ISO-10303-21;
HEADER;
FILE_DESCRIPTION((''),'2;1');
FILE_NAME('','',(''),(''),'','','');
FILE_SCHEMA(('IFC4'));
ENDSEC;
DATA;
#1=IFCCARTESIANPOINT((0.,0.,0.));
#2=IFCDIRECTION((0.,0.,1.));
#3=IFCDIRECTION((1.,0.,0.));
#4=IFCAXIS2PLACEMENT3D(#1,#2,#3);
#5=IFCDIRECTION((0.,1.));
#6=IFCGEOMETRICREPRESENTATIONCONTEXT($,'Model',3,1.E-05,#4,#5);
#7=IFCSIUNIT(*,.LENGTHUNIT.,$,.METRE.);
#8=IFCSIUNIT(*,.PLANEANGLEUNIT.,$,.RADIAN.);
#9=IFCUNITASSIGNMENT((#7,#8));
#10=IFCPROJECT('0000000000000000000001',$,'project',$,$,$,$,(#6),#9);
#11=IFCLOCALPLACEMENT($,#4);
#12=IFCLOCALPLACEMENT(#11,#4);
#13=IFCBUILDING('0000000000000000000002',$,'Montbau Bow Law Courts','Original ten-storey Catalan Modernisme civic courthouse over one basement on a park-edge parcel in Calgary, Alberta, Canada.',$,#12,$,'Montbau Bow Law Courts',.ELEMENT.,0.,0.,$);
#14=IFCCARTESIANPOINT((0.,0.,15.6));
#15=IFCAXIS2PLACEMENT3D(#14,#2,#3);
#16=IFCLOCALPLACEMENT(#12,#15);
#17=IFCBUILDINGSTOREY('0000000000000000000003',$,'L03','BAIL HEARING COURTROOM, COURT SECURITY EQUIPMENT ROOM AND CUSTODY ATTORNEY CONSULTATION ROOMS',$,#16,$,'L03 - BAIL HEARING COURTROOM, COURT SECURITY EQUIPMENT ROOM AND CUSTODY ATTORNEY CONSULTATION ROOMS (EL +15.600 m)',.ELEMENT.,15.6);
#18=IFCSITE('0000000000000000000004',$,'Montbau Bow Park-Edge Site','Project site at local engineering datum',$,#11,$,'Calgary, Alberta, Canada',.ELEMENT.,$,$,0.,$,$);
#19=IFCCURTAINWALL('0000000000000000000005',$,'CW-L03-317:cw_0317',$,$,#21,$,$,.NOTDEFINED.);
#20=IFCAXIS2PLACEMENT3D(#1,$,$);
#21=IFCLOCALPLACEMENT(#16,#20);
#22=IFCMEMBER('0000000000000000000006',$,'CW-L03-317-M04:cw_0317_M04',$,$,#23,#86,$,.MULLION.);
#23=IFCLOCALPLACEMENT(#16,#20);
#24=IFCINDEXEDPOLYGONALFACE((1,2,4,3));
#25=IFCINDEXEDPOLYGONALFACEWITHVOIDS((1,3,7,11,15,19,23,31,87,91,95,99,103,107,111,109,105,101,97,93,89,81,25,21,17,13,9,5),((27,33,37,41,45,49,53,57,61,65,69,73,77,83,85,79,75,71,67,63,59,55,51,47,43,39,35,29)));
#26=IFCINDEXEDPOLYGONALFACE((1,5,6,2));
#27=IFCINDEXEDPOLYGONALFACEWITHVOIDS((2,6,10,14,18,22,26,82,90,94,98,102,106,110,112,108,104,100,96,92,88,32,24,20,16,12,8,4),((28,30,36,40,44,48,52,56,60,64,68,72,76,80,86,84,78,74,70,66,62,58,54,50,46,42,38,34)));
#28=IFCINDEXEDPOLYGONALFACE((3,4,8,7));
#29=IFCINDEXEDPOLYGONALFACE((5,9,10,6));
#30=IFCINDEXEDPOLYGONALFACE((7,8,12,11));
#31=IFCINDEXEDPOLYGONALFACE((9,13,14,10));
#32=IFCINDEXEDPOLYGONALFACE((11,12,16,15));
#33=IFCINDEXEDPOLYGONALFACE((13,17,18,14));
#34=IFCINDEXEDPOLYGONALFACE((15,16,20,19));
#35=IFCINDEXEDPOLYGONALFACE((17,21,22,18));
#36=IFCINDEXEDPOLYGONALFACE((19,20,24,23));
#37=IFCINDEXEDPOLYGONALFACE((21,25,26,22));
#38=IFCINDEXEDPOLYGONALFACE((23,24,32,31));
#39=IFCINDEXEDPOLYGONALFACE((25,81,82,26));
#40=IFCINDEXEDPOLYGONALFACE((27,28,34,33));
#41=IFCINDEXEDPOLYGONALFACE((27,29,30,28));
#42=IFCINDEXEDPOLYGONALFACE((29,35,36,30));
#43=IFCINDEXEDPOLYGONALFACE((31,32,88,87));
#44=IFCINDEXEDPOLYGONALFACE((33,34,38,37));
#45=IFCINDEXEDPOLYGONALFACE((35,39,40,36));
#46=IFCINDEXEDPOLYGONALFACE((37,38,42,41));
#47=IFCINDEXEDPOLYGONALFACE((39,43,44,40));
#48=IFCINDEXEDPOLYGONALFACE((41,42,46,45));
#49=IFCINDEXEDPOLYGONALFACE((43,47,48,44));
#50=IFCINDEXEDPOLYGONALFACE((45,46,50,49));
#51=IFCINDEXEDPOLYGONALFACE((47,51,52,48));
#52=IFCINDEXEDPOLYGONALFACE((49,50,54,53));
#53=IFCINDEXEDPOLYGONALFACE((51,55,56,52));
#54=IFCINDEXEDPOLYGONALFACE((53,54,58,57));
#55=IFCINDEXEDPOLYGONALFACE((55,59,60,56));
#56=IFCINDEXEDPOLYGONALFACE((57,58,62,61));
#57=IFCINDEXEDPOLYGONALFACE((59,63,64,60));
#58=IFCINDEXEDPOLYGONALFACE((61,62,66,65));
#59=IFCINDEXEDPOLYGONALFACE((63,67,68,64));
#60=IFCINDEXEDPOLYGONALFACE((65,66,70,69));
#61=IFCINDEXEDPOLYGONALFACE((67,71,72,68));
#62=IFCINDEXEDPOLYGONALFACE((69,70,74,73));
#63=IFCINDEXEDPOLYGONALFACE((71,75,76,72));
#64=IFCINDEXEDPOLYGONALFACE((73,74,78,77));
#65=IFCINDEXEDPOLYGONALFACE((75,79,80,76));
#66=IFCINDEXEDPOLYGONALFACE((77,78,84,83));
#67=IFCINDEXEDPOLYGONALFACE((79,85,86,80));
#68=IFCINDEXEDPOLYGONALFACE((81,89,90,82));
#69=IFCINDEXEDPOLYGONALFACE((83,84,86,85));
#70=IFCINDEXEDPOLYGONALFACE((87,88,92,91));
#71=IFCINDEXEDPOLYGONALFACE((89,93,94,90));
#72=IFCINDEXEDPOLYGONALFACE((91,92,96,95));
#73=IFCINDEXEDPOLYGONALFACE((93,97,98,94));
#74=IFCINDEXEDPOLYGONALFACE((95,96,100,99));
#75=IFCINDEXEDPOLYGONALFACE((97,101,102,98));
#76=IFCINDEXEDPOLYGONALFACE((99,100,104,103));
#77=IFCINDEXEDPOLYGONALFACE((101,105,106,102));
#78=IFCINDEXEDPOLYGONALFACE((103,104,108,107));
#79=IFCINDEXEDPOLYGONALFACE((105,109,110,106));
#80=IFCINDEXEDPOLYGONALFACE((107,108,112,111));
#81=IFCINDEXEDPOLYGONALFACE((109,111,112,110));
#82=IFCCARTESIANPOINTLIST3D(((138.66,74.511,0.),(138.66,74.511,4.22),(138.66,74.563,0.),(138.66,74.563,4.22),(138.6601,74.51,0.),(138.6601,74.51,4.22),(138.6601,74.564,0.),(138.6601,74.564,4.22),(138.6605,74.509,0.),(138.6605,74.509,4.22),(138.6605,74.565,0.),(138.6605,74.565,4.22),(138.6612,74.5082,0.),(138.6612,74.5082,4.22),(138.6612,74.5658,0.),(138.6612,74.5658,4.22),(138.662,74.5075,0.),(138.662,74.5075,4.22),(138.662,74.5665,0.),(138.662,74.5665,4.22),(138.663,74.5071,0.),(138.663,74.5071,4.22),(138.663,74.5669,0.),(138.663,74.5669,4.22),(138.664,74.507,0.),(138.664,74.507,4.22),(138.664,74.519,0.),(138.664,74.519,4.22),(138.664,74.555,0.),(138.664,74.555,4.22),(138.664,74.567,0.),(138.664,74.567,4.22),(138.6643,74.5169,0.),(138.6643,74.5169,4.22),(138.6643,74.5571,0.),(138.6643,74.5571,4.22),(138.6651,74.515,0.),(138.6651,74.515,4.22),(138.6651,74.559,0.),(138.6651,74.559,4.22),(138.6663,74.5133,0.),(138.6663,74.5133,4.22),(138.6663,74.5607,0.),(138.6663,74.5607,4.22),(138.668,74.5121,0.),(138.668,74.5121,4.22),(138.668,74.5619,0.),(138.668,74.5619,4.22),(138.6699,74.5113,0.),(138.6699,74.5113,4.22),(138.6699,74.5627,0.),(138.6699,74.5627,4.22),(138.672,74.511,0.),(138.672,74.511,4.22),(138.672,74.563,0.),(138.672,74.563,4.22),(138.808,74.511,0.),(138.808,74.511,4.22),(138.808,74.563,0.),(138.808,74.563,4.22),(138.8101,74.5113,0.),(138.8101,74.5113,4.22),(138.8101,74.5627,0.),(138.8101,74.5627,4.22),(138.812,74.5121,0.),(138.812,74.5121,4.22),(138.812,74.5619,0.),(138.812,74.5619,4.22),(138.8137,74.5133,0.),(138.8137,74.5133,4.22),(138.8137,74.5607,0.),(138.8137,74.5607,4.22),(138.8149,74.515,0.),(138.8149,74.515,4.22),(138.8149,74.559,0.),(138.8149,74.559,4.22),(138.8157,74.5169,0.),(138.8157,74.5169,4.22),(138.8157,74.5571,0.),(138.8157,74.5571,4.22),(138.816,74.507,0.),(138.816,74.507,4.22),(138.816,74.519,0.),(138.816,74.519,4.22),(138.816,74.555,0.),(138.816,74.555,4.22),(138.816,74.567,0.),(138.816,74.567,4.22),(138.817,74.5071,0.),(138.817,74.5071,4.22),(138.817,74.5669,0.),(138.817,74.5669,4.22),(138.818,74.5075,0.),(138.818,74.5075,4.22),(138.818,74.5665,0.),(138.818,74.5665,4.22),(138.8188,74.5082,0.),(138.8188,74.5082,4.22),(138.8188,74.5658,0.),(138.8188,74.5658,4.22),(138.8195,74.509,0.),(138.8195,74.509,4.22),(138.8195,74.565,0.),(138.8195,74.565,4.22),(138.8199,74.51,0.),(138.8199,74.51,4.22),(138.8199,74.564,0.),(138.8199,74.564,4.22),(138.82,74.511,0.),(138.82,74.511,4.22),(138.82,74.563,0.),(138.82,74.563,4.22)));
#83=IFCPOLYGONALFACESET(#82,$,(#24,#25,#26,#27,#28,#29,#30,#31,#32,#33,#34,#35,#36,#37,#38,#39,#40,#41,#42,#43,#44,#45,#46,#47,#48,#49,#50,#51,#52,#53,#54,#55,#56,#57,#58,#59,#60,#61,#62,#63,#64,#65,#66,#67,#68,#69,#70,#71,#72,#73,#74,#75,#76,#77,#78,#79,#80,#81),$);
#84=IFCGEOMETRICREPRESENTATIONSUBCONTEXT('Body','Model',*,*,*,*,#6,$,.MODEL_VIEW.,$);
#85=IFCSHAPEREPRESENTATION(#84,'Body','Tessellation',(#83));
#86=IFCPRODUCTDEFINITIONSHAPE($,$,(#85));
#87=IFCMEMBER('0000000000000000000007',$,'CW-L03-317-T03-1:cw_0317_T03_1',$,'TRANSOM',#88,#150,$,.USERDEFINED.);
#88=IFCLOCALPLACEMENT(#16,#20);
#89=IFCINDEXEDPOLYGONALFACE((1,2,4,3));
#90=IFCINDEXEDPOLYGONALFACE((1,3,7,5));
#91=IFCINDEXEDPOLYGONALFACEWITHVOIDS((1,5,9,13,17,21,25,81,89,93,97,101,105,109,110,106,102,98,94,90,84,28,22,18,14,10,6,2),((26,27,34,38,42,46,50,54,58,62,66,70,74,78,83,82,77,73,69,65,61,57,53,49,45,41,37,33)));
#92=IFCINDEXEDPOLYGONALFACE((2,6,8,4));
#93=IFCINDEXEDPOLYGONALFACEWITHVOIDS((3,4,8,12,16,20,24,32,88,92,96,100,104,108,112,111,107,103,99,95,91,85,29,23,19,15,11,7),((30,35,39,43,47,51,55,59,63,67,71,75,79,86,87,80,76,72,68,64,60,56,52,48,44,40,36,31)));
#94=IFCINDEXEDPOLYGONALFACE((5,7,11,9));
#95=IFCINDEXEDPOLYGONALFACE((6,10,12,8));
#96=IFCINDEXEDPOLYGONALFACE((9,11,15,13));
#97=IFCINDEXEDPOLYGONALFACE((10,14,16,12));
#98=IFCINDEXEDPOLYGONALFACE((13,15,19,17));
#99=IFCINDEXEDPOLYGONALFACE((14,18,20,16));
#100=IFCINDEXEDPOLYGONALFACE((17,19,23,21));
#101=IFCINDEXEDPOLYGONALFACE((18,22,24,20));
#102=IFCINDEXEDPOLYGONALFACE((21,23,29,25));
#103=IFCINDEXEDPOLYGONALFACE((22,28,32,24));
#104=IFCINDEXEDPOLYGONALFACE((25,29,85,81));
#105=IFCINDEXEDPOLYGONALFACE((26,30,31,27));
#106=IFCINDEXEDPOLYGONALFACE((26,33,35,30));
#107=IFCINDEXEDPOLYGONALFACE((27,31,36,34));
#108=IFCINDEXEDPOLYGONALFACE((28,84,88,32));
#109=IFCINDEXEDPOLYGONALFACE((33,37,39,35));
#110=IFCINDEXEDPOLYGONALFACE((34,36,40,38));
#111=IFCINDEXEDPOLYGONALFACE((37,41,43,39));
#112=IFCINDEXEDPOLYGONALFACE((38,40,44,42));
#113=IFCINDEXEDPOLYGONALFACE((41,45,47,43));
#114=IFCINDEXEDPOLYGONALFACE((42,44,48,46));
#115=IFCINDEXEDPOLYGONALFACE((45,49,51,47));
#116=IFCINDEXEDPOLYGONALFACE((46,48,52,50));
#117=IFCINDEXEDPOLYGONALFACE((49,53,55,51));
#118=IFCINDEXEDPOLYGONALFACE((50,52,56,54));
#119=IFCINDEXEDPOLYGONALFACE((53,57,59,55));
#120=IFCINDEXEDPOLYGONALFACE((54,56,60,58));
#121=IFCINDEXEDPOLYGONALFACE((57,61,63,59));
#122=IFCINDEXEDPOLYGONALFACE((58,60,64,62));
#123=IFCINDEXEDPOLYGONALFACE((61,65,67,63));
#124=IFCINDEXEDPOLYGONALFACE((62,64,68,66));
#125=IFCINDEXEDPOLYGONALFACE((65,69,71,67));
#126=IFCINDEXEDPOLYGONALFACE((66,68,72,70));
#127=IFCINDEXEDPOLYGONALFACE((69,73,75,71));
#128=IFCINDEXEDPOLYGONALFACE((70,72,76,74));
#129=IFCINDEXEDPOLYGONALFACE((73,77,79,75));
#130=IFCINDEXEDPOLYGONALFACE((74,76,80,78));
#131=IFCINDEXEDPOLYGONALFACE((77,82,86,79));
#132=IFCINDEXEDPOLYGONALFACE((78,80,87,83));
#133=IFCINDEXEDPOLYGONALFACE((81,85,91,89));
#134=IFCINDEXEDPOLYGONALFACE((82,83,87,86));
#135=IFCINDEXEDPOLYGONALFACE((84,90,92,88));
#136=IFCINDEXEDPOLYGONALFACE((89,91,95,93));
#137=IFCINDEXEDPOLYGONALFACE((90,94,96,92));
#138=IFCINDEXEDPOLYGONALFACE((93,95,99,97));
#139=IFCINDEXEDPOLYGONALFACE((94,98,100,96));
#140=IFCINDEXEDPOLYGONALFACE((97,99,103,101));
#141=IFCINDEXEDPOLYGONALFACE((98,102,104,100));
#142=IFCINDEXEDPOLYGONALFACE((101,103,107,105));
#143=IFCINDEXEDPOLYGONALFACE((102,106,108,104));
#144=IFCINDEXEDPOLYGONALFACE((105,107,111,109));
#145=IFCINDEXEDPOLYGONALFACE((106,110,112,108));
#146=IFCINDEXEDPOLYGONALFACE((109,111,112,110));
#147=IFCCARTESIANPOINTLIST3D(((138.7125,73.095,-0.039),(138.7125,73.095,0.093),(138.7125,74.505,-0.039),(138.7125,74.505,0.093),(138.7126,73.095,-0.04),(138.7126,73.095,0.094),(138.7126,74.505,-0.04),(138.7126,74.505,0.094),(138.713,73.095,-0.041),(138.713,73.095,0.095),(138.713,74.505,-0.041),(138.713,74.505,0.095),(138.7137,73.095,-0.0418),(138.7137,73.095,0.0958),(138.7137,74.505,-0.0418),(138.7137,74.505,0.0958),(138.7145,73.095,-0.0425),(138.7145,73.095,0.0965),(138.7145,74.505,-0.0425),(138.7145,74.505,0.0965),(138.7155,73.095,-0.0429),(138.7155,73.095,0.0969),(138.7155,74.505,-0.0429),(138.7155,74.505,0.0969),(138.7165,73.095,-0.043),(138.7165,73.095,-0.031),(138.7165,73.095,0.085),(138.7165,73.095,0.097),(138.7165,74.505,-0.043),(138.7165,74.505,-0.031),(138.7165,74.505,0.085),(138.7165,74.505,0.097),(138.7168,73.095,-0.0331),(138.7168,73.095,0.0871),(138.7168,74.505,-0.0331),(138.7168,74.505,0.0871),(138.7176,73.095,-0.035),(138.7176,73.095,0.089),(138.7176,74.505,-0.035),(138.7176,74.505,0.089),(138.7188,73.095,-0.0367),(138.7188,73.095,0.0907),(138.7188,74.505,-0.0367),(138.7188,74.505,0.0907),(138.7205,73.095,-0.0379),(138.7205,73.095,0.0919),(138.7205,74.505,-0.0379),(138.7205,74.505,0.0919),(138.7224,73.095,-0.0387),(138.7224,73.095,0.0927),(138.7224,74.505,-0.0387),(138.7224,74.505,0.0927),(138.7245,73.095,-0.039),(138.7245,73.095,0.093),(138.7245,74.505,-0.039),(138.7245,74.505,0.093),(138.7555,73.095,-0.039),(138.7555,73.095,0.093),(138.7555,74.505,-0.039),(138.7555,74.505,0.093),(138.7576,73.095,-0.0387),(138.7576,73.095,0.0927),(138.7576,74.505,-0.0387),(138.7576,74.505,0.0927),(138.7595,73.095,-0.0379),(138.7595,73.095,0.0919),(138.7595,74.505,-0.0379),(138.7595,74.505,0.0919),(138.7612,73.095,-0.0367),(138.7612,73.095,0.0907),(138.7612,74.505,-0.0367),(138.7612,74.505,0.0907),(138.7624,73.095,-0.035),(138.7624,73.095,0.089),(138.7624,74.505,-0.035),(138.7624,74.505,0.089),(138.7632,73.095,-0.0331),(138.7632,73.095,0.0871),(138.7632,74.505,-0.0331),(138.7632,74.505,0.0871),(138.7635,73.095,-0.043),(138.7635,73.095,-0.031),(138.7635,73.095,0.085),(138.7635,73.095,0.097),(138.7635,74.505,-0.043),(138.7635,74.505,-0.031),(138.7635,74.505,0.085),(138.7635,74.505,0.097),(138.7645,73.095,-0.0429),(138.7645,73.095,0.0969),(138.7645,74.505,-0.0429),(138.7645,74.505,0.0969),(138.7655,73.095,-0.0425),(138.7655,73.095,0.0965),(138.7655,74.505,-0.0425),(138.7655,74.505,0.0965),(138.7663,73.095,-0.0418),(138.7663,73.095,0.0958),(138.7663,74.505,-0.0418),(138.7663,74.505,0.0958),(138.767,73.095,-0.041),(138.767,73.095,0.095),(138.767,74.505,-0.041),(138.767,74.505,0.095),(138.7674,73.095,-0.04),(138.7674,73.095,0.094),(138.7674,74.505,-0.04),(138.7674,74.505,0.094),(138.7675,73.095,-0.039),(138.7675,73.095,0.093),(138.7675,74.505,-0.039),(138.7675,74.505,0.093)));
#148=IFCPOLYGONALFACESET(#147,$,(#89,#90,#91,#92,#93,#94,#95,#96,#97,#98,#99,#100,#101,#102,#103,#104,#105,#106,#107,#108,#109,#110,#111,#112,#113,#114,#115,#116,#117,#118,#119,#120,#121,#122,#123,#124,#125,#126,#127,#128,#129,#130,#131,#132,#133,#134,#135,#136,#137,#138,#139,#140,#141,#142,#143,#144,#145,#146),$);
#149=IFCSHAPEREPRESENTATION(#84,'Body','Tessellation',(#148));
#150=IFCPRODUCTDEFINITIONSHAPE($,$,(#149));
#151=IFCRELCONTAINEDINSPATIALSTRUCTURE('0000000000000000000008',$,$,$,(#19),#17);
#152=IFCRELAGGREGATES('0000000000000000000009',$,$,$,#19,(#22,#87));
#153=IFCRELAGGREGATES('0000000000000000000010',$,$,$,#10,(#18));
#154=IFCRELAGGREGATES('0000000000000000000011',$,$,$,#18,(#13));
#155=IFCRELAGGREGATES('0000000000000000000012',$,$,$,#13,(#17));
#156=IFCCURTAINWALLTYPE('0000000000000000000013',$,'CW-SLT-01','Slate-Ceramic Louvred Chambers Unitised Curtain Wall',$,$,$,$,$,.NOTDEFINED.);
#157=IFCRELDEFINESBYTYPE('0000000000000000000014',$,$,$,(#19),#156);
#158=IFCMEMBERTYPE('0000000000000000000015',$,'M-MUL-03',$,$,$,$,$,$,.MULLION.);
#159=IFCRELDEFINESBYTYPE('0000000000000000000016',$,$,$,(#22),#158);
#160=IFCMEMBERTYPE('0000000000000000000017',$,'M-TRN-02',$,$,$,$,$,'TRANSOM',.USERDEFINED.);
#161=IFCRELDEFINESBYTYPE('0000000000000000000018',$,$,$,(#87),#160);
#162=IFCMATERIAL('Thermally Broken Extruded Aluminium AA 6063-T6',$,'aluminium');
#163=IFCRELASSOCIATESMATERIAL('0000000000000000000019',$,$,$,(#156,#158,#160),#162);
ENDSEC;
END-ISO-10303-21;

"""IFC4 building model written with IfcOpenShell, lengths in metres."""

from ifc_helpers import new_model, si_unit, direction, frame, origin_with_axes, origin_2d_with_axis, place, context, subcontext, project, spatial, hollow_rectangle, extrude, material, material_profile, profile_set, type_object, element, aggregate, save


model = new_model("IFC4")

# Units and contexts
model_context = context("Model", 3, precision=1e-05, world=origin_with_axes(), true_north=direction((0.0, 1.0)))
body_context = subcontext(model_context, "Body", "Model", "MODEL_VIEW")
ifc_project = project(units=[si_unit("LENGTHUNIT", "METRE"), si_unit("PLANEANGLEUNIT", "RADIAN")], contexts=[model_context])

# Site, building, storey
site_placement = place(None, origin_with_axes())
site = spatial("IfcSite", under=ifc_project, at=site_placement, Name="Montbau Bow Park-Edge Site", Description="Project site at local engineering datum", LongName="Calgary, Alberta, Canada", CompositionType="ELEMENT", RefElevation=0.0)
building_placement = place(site_placement, origin_with_axes())
building = spatial("IfcBuilding", under=site, at=building_placement, Name="Montbau Bow Law Courts", Description="Original ten-storey Catalan Modernisme civic courthouse over one basement on a park-edge parcel in Calgary, Alberta, Canada.", LongName="Montbau Bow Law Courts", CompositionType="ELEMENT", ElevationOfRefHeight=0.0, ElevationOfTerrain=0.0)
storey_placement = place(building_placement, frame((0.0, 0.0, 15.6), z_axis=(0.0, 0.0, 1.0), x_axis=(1.0, 0.0, 0.0)))
storey = spatial("IfcBuildingStorey", under=building, at=storey_placement, Name="L03", Description="BAIL HEARING COURTROOM, COURT SECURITY EQUIPMENT ROOM AND CUSTODY ATTORNEY CONSULTATION ROOMS", LongName="L03 - BAIL HEARING COURTROOM, COURT SECURITY EQUIPMENT ROOM AND CUSTODY ATTORNEY CONSULTATION ROOMS (EL +15.600 m)", CompositionType="ELEMENT", Elevation=15.6)

# Curtain wall, members
ifc_material_1 = material(Name="Thermally Broken Extruded Aluminium AA 6063-T6", Category="aluminium")
curtain_wall_type = type_object("IfcCurtainWallType", Name="CW-SLT-01", Description="Slate-Ceramic Louvred Chambers Unitised Curtain Wall", PredefinedType="NOTDEFINED", material=ifc_material_1)
curtain_wall_placement = place(None, frame((138.74, 70.115, 15.6), z_axis=(0.0, 0.0, 1.0), x_axis=(1.0, 0.0, 0.0)))
curtain_wall = element("IfcCurtainWall", 1, at=curtain_wall_placement, inside=storey, type_object=curtain_wall_type, Name="CW-L03-317:cw_0317", PredefinedType="NOTDEFINED")
ifc_material_profile_1 = material_profile(ifc_material_1, hollow_rectangle(XDim=0.06, YDim=0.16, WallThickness=0.004, InnerFilletRadius=0.008, OuterFilletRadius=0.004, at=origin_2d_with_axis()), Name="CWM-160X60", Category="Main", Priority=0)
ifc_profile_set_1 = profile_set([ifc_material_profile_1], Name="Thermally Broken Extruded Aluminium AA 6063-T6")
member_type_1 = type_object("IfcMemberType", Name="M-MUL-03", PredefinedType="MULLION", material=ifc_profile_set_1)
member_1_placement = place(None, frame((138.74, 74.537, 15.6), z_axis=(0.0, 0.0, 1.0), x_axis=(0.0, 1.0, 0.0)))
member_1 = element("IfcMember", 2, at=member_1_placement, type_object=member_type_1, Name="CW-L03-317-M04:cw_0317_M04", PredefinedType="MULLION", context=body_context, shape_type="SweptSolid", body=[
    extrude(hollow_rectangle(XDim=0.06, YDim=0.16, WallThickness=0.004, InnerFilletRadius=0.008, OuterFilletRadius=0.004, at=origin_2d_with_axis()), origin_with_axes(), (0.0, 0.0, 1.0), 4.22),
])
ifc_material_profile_2 = material_profile(ifc_material_1, hollow_rectangle(XDim=0.055, YDim=0.14, WallThickness=0.004, InnerFilletRadius=0.008, OuterFilletRadius=0.004, at=origin_2d_with_axis()), Name="CWT-140X55", Category="Main", Priority=0)
ifc_profile_set_2 = profile_set([ifc_material_profile_2], Name="Thermally Broken Extruded Aluminium AA 6063-T6")
member_type_2 = type_object("IfcMemberType", Name="M-TRN-02", ElementType="TRANSOM", PredefinedType="USERDEFINED", material=ifc_profile_set_2)
member_2_placement = place(None, frame((138.74, 73.095, 15.627), z_axis=(0.0, 1.0, 0.0), x_axis=(-1.0, 0.0, 0.0)))
member_2 = element("IfcMember", 3, at=member_2_placement, type_object=member_type_2, Name="CW-L03-317-T03-1:cw_0317_T03_1", ObjectType="TRANSOM", PredefinedType="USERDEFINED", context=body_context, shape_type="SweptSolid", body=[
    extrude(hollow_rectangle(XDim=0.055, YDim=0.14, WallThickness=0.004, InnerFilletRadius=0.008, OuterFilletRadius=0.004, at=origin_2d_with_axis()), origin_with_axes(), (0.0, 0.0, 1.0), 1.41),
])
aggregate(curtain_wall, [member_1, member_2])

save(model, "model.ifc")
